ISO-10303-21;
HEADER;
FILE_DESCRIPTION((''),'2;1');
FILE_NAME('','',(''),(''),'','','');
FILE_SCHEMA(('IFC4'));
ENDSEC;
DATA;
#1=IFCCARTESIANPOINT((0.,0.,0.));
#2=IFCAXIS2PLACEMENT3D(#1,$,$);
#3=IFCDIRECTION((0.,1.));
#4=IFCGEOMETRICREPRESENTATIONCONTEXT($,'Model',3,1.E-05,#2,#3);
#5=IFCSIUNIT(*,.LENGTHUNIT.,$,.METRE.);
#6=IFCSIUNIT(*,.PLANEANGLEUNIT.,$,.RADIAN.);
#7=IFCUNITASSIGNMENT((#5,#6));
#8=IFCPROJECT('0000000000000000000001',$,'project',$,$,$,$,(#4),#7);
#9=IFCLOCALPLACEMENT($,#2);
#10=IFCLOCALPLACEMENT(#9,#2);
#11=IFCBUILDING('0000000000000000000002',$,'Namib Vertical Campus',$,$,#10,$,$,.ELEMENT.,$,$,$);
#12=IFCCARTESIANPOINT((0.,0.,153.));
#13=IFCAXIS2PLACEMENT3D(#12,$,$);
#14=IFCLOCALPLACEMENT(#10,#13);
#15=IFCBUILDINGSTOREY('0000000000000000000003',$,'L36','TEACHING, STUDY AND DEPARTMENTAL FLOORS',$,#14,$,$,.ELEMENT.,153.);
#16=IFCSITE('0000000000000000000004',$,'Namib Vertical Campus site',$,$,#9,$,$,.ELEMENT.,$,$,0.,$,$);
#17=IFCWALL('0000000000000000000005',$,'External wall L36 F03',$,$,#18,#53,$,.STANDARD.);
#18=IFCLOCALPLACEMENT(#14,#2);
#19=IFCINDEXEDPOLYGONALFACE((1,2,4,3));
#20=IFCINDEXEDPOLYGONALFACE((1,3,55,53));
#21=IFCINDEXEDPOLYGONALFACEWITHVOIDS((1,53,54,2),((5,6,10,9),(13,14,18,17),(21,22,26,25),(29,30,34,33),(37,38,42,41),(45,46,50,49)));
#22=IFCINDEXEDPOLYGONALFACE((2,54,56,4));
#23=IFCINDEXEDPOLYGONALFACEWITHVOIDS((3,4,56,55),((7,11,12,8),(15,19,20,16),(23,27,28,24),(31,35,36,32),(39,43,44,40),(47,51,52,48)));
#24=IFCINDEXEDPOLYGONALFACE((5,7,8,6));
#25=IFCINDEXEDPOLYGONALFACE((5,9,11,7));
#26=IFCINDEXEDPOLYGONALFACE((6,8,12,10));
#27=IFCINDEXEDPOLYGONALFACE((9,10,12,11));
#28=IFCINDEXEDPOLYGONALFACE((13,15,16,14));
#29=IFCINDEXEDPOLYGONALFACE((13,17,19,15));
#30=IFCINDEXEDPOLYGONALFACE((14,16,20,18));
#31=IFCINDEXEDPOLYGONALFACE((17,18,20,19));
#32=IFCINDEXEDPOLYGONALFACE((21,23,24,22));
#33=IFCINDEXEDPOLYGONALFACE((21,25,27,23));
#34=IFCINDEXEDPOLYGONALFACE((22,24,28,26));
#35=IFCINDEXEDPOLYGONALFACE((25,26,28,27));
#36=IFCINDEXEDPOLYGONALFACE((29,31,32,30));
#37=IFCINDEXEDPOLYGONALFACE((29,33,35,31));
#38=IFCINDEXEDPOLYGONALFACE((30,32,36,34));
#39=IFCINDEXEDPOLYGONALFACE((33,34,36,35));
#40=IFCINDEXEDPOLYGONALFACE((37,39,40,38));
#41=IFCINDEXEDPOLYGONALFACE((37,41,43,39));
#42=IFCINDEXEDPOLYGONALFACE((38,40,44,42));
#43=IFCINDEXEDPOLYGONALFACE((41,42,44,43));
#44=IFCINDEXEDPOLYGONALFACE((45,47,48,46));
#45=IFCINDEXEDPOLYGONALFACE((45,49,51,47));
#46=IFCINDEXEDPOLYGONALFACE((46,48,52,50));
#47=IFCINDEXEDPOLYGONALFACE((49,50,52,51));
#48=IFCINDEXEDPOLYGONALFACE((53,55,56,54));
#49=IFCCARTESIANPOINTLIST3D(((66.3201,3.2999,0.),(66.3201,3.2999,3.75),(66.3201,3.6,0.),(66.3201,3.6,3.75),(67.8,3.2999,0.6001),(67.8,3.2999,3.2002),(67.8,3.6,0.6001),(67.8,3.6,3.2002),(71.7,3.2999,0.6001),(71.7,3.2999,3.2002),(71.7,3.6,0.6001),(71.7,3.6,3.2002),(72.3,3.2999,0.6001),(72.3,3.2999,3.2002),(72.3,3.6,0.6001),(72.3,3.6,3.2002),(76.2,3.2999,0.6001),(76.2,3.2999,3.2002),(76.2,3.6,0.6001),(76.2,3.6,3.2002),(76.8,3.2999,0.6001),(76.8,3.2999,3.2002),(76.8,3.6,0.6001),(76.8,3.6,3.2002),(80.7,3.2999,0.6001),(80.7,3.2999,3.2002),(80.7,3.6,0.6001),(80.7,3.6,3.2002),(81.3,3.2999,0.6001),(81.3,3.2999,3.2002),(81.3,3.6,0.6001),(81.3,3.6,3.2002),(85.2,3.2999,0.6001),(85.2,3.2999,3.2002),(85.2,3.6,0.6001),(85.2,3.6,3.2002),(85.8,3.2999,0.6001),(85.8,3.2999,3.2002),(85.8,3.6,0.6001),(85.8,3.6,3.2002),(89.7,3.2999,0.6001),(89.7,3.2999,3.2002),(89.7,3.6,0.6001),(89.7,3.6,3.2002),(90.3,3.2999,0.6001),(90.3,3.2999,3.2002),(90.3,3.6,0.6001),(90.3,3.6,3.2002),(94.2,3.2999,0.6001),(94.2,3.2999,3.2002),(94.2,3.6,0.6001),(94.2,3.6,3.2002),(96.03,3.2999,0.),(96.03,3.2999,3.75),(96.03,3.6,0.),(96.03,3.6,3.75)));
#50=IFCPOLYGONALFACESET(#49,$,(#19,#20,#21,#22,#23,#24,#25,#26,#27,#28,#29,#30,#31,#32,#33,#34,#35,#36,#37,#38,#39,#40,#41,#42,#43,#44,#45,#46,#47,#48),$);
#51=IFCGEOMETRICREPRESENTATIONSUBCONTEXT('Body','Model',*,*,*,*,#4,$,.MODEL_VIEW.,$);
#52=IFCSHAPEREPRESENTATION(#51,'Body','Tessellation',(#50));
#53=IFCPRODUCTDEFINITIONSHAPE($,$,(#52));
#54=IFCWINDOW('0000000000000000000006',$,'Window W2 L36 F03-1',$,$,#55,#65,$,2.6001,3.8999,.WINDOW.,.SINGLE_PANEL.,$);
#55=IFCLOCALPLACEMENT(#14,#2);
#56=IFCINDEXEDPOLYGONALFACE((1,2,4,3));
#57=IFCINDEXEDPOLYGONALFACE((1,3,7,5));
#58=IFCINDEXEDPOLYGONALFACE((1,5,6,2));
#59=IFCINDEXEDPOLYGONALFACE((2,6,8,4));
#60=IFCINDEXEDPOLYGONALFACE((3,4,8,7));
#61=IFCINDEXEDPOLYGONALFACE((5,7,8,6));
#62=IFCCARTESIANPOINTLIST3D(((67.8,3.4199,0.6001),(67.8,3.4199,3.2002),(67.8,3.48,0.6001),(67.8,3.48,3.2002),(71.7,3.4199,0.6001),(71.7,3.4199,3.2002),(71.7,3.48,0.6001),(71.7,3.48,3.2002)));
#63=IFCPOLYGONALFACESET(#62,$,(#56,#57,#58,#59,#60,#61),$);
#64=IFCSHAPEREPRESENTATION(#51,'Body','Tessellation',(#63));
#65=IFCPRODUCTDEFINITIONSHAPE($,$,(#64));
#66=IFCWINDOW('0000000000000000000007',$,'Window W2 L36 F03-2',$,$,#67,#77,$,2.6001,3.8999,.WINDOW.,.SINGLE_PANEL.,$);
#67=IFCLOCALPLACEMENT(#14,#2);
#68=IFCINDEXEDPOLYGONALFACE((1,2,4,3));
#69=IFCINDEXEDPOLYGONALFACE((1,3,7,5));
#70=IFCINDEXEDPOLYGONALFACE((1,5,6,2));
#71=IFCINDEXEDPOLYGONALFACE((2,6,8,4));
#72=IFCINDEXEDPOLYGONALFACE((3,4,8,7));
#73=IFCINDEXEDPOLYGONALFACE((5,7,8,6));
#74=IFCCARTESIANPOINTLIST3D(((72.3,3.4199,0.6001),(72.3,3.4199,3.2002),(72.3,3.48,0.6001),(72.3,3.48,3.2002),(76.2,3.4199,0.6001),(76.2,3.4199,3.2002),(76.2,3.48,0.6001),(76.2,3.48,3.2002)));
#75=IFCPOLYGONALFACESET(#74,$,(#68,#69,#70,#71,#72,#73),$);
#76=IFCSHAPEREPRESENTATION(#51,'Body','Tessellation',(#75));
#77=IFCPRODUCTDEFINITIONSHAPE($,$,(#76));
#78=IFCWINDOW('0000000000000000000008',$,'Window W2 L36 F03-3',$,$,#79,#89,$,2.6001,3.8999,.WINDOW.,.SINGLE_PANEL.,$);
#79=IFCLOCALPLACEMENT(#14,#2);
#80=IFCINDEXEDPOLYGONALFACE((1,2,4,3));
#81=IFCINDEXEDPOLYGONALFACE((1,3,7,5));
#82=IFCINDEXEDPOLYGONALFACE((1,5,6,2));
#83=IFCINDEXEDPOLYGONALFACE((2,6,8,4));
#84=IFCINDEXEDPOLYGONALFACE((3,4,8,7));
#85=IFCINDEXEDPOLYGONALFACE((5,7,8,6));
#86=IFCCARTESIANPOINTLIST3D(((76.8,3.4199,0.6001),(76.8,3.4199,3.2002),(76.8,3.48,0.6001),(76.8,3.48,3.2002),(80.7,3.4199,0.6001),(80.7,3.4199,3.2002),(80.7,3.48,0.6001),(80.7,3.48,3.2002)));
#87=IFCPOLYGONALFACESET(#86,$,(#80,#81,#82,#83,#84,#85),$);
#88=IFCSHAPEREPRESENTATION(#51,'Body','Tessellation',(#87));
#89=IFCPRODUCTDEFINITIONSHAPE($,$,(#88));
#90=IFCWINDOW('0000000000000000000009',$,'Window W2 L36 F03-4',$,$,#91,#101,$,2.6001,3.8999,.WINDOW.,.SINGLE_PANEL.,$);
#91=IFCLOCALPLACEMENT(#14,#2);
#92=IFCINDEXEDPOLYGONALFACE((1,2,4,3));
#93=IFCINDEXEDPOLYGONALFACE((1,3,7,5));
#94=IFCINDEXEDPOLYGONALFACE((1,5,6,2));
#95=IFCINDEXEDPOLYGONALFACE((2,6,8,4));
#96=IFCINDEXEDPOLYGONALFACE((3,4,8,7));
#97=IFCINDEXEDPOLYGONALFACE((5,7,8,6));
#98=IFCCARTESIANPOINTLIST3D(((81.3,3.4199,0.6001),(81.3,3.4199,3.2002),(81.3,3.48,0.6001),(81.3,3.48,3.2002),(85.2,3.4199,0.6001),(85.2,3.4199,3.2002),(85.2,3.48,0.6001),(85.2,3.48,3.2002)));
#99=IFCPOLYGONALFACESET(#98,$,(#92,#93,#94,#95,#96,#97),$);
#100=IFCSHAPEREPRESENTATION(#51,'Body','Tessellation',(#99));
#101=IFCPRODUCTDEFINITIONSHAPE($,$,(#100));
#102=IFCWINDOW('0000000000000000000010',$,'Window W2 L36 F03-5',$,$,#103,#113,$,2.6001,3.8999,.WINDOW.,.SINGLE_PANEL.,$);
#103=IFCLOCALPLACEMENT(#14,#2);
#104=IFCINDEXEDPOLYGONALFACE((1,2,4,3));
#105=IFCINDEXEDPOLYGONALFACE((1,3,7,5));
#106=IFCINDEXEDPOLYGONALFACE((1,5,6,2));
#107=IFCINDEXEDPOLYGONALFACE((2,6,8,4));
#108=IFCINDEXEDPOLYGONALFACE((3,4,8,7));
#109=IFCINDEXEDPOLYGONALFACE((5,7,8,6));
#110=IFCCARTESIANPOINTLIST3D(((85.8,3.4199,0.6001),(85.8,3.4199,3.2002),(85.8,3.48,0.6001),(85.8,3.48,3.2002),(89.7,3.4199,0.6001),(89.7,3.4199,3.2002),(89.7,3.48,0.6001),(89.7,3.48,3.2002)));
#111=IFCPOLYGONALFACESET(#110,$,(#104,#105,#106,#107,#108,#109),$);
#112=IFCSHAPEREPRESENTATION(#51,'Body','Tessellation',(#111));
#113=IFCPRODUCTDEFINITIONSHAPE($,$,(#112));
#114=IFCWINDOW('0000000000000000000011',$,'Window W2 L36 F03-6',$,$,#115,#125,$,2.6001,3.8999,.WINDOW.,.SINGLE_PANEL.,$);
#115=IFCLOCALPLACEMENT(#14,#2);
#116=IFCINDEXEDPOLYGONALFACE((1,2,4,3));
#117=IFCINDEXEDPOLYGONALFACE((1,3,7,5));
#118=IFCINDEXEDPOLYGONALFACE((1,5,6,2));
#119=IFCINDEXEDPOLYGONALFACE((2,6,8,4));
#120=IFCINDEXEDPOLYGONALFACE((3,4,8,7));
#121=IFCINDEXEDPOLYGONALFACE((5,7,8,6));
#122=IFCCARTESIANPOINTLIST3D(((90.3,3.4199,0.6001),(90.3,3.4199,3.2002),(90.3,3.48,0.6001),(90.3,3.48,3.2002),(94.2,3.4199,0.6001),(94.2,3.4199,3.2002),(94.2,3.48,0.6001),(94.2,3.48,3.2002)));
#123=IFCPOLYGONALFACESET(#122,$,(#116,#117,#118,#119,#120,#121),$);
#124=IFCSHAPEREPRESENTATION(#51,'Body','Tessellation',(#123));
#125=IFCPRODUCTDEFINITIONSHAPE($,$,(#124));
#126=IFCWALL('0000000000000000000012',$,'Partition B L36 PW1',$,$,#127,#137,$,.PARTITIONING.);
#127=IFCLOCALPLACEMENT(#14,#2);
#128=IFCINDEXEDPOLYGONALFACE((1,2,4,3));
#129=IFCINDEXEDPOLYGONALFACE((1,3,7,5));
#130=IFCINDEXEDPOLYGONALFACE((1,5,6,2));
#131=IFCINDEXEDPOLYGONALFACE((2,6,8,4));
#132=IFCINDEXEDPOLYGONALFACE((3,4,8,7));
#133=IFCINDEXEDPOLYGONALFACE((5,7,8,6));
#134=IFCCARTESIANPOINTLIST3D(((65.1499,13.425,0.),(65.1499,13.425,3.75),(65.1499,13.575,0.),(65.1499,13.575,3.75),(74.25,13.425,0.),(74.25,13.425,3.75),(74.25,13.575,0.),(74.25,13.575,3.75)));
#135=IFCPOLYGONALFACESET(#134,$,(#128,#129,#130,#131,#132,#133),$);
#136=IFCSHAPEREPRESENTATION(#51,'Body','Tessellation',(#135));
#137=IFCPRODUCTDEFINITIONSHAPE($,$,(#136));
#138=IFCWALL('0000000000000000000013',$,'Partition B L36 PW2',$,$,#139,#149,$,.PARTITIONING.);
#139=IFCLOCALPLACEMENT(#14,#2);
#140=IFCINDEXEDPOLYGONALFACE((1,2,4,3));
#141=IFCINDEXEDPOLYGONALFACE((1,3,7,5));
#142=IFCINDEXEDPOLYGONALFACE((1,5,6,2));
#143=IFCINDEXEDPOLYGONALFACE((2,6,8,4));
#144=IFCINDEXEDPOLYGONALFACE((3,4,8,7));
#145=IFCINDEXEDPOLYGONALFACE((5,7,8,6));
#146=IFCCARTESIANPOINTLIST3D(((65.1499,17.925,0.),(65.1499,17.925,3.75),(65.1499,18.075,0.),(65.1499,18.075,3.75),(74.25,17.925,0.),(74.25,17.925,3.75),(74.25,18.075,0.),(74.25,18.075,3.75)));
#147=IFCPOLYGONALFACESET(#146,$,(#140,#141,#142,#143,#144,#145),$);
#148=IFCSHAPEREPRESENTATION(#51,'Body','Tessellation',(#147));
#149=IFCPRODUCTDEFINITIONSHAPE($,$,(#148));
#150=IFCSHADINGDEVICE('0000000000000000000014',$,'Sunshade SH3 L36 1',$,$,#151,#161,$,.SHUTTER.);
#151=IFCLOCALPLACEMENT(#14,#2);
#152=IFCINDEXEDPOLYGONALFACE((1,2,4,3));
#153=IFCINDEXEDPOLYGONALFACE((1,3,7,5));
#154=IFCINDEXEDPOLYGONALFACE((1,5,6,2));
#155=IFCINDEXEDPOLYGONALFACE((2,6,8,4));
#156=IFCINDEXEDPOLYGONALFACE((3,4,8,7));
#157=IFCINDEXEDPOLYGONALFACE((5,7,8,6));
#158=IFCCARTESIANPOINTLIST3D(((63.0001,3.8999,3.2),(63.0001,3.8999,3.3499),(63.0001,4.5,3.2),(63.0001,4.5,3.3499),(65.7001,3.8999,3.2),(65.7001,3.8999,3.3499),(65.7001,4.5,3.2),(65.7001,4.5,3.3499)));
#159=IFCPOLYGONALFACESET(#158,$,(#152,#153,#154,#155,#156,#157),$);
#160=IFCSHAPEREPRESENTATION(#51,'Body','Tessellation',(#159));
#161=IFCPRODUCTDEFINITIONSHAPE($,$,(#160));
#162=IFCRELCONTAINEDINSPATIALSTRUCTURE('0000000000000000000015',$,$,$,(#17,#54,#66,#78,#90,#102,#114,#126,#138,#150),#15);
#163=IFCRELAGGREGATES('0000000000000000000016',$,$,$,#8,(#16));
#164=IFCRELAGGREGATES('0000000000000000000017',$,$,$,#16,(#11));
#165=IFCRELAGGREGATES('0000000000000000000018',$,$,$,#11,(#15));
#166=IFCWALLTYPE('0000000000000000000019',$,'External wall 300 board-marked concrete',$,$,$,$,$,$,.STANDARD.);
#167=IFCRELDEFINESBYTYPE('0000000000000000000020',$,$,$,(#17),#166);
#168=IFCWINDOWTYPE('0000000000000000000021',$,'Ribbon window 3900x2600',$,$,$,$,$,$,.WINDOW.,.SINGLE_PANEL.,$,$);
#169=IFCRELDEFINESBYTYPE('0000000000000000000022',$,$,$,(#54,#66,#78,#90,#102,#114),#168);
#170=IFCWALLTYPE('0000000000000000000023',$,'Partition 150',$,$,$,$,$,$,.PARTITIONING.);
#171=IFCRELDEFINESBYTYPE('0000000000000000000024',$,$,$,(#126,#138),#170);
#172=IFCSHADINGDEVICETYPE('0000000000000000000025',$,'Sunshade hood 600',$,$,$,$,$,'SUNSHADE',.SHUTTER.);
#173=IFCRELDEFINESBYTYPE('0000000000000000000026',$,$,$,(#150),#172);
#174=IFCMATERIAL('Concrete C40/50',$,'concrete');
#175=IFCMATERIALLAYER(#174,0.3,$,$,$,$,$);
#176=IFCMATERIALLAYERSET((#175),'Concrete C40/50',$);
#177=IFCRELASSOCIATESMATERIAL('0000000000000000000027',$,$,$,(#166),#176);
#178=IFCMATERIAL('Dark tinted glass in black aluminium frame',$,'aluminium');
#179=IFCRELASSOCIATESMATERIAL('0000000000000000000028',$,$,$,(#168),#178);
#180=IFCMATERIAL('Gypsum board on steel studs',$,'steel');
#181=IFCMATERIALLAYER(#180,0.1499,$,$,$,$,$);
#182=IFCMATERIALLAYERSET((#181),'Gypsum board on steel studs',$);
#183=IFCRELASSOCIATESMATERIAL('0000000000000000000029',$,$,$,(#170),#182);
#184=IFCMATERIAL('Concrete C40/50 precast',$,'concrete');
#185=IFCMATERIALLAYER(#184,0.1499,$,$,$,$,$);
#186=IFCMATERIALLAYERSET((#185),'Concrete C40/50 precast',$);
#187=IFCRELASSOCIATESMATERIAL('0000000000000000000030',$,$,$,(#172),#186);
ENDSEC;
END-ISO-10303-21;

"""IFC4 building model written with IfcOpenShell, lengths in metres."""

from ifc_helpers import new_model, si_unit, direction, frame, frame_2d, origin, origin_2d, place, context, subcontext, project, spatial, rectangle, extrude, material, layer, layer_set, type_object, element, fill, save


model = new_model("IFC4")

# Units and contexts
model_context = context("Model", 3, precision=1e-05, world=origin(), true_north=direction((0.0, 1.0)))
body_context = subcontext(model_context, "Body", "Model", "MODEL_VIEW")
ifc_project = project(units=[si_unit("LENGTHUNIT", "METRE"), si_unit("PLANEANGLEUNIT", "RADIAN")], contexts=[model_context])

# Site, building, storey
site_placement = place(None, origin())
site = spatial("IfcSite", under=ifc_project, at=site_placement, Name="Namib Vertical Campus site", CompositionType="ELEMENT", RefElevation=0.0)
building_placement = place(site_placement, origin())
building = spatial("IfcBuilding", under=site, at=building_placement, Name="Namib Vertical Campus", CompositionType="ELEMENT")
storey_placement = place(building_placement, frame((0.0, 0.0, 153.0)))
storey = spatial("IfcBuildingStorey", under=building, at=storey_placement, Name="L36", Description="TEACHING, STUDY AND DEPARTMENTAL FLOORS", CompositionType="ELEMENT", Elevation=153.0)

# Shared definitions
ifc_material_1 = material(Name="Concrete C40/50", Category="concrete")
ifc_layer_1 = layer(ifc_material_1, 0.3)
ifc_layer_set_1 = layer_set([ifc_layer_1], Name="Concrete C40/50")
wall_type_1 = type_object("IfcWallType", Name="External wall 300 board-marked concrete", PredefinedType="STANDARD", material=ifc_layer_set_1)

# Wall, openings, windows
wall_1_placement = place(storey_placement, frame((66.3201, 3.45, 0.0), z_axis=(0.0, 0.0, 1.0), x_axis=(1.0, 0.0, 0.0)))
wall_1 = element("IfcWall", 1, at=wall_1_placement, inside=storey, type_object=wall_type_1, Name="External wall L36 F03", PredefinedType="STANDARD", context=body_context, shape_type="SweptSolid", body=[
    extrude(rectangle(XDim=29.71, YDim=0.3, at=frame_2d((14.855, 0.0))), origin(), (0.0, 0.0, 1.0), 3.75),
])
opening_1_placement = place(wall_1_placement, frame((1.48, 0.0, 0.6001)))
opening_1 = element("IfcOpeningElement", 2, at=opening_1_placement, cuts=wall_1, PredefinedType="OPENING", context=body_context, shape_type="SweptSolid", body=[
    extrude(rectangle(XDim=3.8999, YDim=2.6001, at=frame_2d((1.95, 1.3))), frame((0.0, 0.1599, 0.0), z_axis=(0.0, -1.0, 0.0), x_axis=(1.0, 0.0, 0.0)), (0.0, 0.0, 1.0), 0.3201),
])
opening_2_placement = place(wall_1_placement, frame((5.98, 0.0, 0.6001)))
opening_2 = element("IfcOpeningElement", 3, at=opening_2_placement, cuts=wall_1, PredefinedType="OPENING", context=body_context, shape_type="SweptSolid", body=[
    extrude(rectangle(XDim=3.8999, YDim=2.6001, at=frame_2d((1.95, 1.3))), frame((0.0, 0.1599, 0.0), z_axis=(0.0, -1.0, 0.0), x_axis=(1.0, 0.0, 0.0)), (0.0, 0.0, 1.0), 0.3201),
])
opening_3_placement = place(wall_1_placement, frame((10.48, 0.0, 0.6001)))
opening_3 = element("IfcOpeningElement", 4, at=opening_3_placement, cuts=wall_1, PredefinedType="OPENING", context=body_context, shape_type="SweptSolid", body=[
    extrude(rectangle(XDim=3.8999, YDim=2.6001, at=frame_2d((1.95, 1.3))), frame((0.0, 0.1599, 0.0), z_axis=(0.0, -1.0, 0.0), x_axis=(1.0, 0.0, 0.0)), (0.0, 0.0, 1.0), 0.3201),
])
opening_4_placement = place(wall_1_placement, frame((14.98, 0.0, 0.6001)))
opening_4 = element("IfcOpeningElement", 5, at=opening_4_placement, cuts=wall_1, PredefinedType="OPENING", context=body_context, shape_type="SweptSolid", body=[
    extrude(rectangle(XDim=3.8999, YDim=2.6001, at=frame_2d((1.95, 1.3))), frame((0.0, 0.1599, 0.0), z_axis=(0.0, -1.0, 0.0), x_axis=(1.0, 0.0, 0.0)), (0.0, 0.0, 1.0), 0.3201),
])
opening_5_placement = place(wall_1_placement, frame((19.48, 0.0, 0.6001)))
opening_5 = element("IfcOpeningElement", 6, at=opening_5_placement, cuts=wall_1, PredefinedType="OPENING", context=body_context, shape_type="SweptSolid", body=[
    extrude(rectangle(XDim=3.8999, YDim=2.6001, at=frame_2d((1.95, 1.3))), frame((0.0, 0.1599, 0.0), z_axis=(0.0, -1.0, 0.0), x_axis=(1.0, 0.0, 0.0)), (0.0, 0.0, 1.0), 0.3201),
])
opening_6_placement = place(wall_1_placement, frame((23.98, 0.0, 0.6001)))
opening_6 = element("IfcOpeningElement", 7, at=opening_6_placement, cuts=wall_1, PredefinedType="OPENING", context=body_context, shape_type="SweptSolid", body=[
    extrude(rectangle(XDim=3.8999, YDim=2.6001, at=frame_2d((1.95, 1.3))), frame((0.0, 0.1599, 0.0), z_axis=(0.0, -1.0, 0.0), x_axis=(1.0, 0.0, 0.0)), (0.0, 0.0, 1.0), 0.3201),
])
ifc_material_2 = material(Name="Dark tinted glass in black aluminium frame", Category="aluminium")
window_type = type_object("IfcWindowType", Name="Ribbon window 3900x2600", PartitioningType="SINGLE_PANEL", PredefinedType="WINDOW", material=ifc_material_2)
window_1_placement = place(opening_1_placement, origin())
window_1 = element("IfcWindow", 8, at=window_1_placement, inside=storey, type_object=window_type, Name="Window W2 L36 F03-1", OverallHeight=2.6001, OverallWidth=3.8999, PartitioningType="SINGLE_PANEL", PredefinedType="WINDOW", context=body_context, shape_type="SweptSolid", body=[
    extrude(rectangle(XDim=3.8999, YDim=2.6001, at=frame_2d((1.95, 1.3))), frame((0.0, 0.03, 0.0), z_axis=(0.0, -1.0, 0.0), x_axis=(1.0, 0.0, 0.0)), (0.0, 0.0, 1.0), 0.0601),
])
fill(opening_1, window_1)
window_2_placement = place(opening_2_placement, origin())
window_2 = element("IfcWindow", 9, at=window_2_placement, inside=storey, type_object=window_type, Name="Window W2 L36 F03-2", OverallHeight=2.6001, OverallWidth=3.8999, PartitioningType="SINGLE_PANEL", PredefinedType="WINDOW", context=body_context, shape_type="SweptSolid", body=[
    extrude(rectangle(XDim=3.8999, YDim=2.6001, at=frame_2d((1.95, 1.3))), frame((0.0, 0.03, 0.0), z_axis=(0.0, -1.0, 0.0), x_axis=(1.0, 0.0, 0.0)), (0.0, 0.0, 1.0), 0.0601),
])
fill(opening_2, window_2)
window_3_placement = place(opening_3_placement, origin())
window_3 = element("IfcWindow", 10, at=window_3_placement, inside=storey, type_object=window_type, Name="Window W2 L36 F03-3", OverallHeight=2.6001, OverallWidth=3.8999, PartitioningType="SINGLE_PANEL", PredefinedType="WINDOW", context=body_context, shape_type="SweptSolid", body=[
    extrude(rectangle(XDim=3.8999, YDim=2.6001, at=frame_2d((1.95, 1.3))), frame((0.0, 0.03, 0.0), z_axis=(0.0, -1.0, 0.0), x_axis=(1.0, 0.0, 0.0)), (0.0, 0.0, 1.0), 0.0601),
])
fill(opening_3, window_3)
window_4_placement = place(opening_4_placement, origin())
window_4 = element("IfcWindow", 11, at=window_4_placement, inside=storey, type_object=window_type, Name="Window W2 L36 F03-4", OverallHeight=2.6001, OverallWidth=3.8999, PartitioningType="SINGLE_PANEL", PredefinedType="WINDOW", context=body_context, shape_type="SweptSolid", body=[
    extrude(rectangle(XDim=3.8999, YDim=2.6001, at=frame_2d((1.95, 1.3))), frame((0.0, 0.03, 0.0), z_axis=(0.0, -1.0, 0.0), x_axis=(1.0, 0.0, 0.0)), (0.0, 0.0, 1.0), 0.0601),
])
fill(opening_4, window_4)
window_5_placement = place(opening_5_placement, origin())
window_5 = element("IfcWindow", 12, at=window_5_placement, inside=storey, type_object=window_type, Name="Window W2 L36 F03-5", OverallHeight=2.6001, OverallWidth=3.8999, PartitioningType="SINGLE_PANEL", PredefinedType="WINDOW", context=body_context, shape_type="SweptSolid", body=[
    extrude(rectangle(XDim=3.8999, YDim=2.6001, at=frame_2d((1.95, 1.3))), frame((0.0, 0.03, 0.0), z_axis=(0.0, -1.0, 0.0), x_axis=(1.0, 0.0, 0.0)), (0.0, 0.0, 1.0), 0.0601),
])
fill(opening_5, window_5)
window_6_placement = place(opening_6_placement, origin())
window_6 = element("IfcWindow", 13, at=window_6_placement, inside=storey, type_object=window_type, Name="Window W2 L36 F03-6", OverallHeight=2.6001, OverallWidth=3.8999, PartitioningType="SINGLE_PANEL", PredefinedType="WINDOW", context=body_context, shape_type="SweptSolid", body=[
    extrude(rectangle(XDim=3.8999, YDim=2.6001, at=frame_2d((1.95, 1.3))), frame((0.0, 0.03, 0.0), z_axis=(0.0, -1.0, 0.0), x_axis=(1.0, 0.0, 0.0)), (0.0, 0.0, 1.0), 0.0601),
])
fill(opening_6, window_6)

# Walls
ifc_material_3 = material(Name="Gypsum board on steel studs", Category="steel")
ifc_layer_2 = layer(ifc_material_3, 0.1499)
ifc_layer_set_2 = layer_set([ifc_layer_2], Name="Gypsum board on steel studs")
wall_type_2 = type_object("IfcWallType", Name="Partition 150", PredefinedType="PARTITIONING", material=ifc_layer_set_2)
for number, where, z_axis, x_axis, name in (
    (14, (65.1499, 13.5, 0.0), (0.0, 0.0, 1.0), (1.0, 0.0, 0.0), "Partition B L36 PW1"),
    (15, (65.1499, 18.0, 0.0), (0.0, 0.0, 1.0), (1.0, 0.0, 0.0), "Partition B L36 PW2"),
):
    element("IfcWall", number, at=place(storey_placement, frame(where, z_axis=z_axis, x_axis=x_axis)), inside=storey, type_object=wall_type_2, Name=name, PredefinedType="PARTITIONING", context=body_context, shape_type="SweptSolid", body=[
        extrude(rectangle(XDim=9.1001, YDim=0.1499, at=frame_2d((4.55, 0.0))), origin(), (0.0, 0.0, 1.0), 3.75),
    ])

# Shading device
ifc_material_4 = material(Name="Concrete C40/50 precast", Category="concrete")
ifc_layer_3 = layer(ifc_material_4, 0.1499)
ifc_layer_set_3 = layer_set([ifc_layer_3], Name="Concrete C40/50 precast")
shading_device_type = type_object("IfcShadingDeviceType", Name="Sunshade hood 600", ElementType="SUNSHADE", PredefinedType="SHUTTER", material=ifc_layer_set_3)
shading_device_placement = place(storey_placement, frame((64.3501, 4.2, 3.2), z_axis=(0.0, 0.0, 1.0), x_axis=(1.0, 0.0, 0.0)))
element("IfcShadingDevice", 16, at=shading_device_placement, inside=storey, type_object=shading_device_type, Name="Sunshade SH3 L36 1", PredefinedType="SHUTTER", context=body_context, shape_type="SweptSolid", body=[
    extrude(rectangle(XDim=2.7, YDim=0.6001, at=origin_2d()), origin(), (0.0, 0.0, 1.0), 0.1499),
])

save(model, "model.ifc")
